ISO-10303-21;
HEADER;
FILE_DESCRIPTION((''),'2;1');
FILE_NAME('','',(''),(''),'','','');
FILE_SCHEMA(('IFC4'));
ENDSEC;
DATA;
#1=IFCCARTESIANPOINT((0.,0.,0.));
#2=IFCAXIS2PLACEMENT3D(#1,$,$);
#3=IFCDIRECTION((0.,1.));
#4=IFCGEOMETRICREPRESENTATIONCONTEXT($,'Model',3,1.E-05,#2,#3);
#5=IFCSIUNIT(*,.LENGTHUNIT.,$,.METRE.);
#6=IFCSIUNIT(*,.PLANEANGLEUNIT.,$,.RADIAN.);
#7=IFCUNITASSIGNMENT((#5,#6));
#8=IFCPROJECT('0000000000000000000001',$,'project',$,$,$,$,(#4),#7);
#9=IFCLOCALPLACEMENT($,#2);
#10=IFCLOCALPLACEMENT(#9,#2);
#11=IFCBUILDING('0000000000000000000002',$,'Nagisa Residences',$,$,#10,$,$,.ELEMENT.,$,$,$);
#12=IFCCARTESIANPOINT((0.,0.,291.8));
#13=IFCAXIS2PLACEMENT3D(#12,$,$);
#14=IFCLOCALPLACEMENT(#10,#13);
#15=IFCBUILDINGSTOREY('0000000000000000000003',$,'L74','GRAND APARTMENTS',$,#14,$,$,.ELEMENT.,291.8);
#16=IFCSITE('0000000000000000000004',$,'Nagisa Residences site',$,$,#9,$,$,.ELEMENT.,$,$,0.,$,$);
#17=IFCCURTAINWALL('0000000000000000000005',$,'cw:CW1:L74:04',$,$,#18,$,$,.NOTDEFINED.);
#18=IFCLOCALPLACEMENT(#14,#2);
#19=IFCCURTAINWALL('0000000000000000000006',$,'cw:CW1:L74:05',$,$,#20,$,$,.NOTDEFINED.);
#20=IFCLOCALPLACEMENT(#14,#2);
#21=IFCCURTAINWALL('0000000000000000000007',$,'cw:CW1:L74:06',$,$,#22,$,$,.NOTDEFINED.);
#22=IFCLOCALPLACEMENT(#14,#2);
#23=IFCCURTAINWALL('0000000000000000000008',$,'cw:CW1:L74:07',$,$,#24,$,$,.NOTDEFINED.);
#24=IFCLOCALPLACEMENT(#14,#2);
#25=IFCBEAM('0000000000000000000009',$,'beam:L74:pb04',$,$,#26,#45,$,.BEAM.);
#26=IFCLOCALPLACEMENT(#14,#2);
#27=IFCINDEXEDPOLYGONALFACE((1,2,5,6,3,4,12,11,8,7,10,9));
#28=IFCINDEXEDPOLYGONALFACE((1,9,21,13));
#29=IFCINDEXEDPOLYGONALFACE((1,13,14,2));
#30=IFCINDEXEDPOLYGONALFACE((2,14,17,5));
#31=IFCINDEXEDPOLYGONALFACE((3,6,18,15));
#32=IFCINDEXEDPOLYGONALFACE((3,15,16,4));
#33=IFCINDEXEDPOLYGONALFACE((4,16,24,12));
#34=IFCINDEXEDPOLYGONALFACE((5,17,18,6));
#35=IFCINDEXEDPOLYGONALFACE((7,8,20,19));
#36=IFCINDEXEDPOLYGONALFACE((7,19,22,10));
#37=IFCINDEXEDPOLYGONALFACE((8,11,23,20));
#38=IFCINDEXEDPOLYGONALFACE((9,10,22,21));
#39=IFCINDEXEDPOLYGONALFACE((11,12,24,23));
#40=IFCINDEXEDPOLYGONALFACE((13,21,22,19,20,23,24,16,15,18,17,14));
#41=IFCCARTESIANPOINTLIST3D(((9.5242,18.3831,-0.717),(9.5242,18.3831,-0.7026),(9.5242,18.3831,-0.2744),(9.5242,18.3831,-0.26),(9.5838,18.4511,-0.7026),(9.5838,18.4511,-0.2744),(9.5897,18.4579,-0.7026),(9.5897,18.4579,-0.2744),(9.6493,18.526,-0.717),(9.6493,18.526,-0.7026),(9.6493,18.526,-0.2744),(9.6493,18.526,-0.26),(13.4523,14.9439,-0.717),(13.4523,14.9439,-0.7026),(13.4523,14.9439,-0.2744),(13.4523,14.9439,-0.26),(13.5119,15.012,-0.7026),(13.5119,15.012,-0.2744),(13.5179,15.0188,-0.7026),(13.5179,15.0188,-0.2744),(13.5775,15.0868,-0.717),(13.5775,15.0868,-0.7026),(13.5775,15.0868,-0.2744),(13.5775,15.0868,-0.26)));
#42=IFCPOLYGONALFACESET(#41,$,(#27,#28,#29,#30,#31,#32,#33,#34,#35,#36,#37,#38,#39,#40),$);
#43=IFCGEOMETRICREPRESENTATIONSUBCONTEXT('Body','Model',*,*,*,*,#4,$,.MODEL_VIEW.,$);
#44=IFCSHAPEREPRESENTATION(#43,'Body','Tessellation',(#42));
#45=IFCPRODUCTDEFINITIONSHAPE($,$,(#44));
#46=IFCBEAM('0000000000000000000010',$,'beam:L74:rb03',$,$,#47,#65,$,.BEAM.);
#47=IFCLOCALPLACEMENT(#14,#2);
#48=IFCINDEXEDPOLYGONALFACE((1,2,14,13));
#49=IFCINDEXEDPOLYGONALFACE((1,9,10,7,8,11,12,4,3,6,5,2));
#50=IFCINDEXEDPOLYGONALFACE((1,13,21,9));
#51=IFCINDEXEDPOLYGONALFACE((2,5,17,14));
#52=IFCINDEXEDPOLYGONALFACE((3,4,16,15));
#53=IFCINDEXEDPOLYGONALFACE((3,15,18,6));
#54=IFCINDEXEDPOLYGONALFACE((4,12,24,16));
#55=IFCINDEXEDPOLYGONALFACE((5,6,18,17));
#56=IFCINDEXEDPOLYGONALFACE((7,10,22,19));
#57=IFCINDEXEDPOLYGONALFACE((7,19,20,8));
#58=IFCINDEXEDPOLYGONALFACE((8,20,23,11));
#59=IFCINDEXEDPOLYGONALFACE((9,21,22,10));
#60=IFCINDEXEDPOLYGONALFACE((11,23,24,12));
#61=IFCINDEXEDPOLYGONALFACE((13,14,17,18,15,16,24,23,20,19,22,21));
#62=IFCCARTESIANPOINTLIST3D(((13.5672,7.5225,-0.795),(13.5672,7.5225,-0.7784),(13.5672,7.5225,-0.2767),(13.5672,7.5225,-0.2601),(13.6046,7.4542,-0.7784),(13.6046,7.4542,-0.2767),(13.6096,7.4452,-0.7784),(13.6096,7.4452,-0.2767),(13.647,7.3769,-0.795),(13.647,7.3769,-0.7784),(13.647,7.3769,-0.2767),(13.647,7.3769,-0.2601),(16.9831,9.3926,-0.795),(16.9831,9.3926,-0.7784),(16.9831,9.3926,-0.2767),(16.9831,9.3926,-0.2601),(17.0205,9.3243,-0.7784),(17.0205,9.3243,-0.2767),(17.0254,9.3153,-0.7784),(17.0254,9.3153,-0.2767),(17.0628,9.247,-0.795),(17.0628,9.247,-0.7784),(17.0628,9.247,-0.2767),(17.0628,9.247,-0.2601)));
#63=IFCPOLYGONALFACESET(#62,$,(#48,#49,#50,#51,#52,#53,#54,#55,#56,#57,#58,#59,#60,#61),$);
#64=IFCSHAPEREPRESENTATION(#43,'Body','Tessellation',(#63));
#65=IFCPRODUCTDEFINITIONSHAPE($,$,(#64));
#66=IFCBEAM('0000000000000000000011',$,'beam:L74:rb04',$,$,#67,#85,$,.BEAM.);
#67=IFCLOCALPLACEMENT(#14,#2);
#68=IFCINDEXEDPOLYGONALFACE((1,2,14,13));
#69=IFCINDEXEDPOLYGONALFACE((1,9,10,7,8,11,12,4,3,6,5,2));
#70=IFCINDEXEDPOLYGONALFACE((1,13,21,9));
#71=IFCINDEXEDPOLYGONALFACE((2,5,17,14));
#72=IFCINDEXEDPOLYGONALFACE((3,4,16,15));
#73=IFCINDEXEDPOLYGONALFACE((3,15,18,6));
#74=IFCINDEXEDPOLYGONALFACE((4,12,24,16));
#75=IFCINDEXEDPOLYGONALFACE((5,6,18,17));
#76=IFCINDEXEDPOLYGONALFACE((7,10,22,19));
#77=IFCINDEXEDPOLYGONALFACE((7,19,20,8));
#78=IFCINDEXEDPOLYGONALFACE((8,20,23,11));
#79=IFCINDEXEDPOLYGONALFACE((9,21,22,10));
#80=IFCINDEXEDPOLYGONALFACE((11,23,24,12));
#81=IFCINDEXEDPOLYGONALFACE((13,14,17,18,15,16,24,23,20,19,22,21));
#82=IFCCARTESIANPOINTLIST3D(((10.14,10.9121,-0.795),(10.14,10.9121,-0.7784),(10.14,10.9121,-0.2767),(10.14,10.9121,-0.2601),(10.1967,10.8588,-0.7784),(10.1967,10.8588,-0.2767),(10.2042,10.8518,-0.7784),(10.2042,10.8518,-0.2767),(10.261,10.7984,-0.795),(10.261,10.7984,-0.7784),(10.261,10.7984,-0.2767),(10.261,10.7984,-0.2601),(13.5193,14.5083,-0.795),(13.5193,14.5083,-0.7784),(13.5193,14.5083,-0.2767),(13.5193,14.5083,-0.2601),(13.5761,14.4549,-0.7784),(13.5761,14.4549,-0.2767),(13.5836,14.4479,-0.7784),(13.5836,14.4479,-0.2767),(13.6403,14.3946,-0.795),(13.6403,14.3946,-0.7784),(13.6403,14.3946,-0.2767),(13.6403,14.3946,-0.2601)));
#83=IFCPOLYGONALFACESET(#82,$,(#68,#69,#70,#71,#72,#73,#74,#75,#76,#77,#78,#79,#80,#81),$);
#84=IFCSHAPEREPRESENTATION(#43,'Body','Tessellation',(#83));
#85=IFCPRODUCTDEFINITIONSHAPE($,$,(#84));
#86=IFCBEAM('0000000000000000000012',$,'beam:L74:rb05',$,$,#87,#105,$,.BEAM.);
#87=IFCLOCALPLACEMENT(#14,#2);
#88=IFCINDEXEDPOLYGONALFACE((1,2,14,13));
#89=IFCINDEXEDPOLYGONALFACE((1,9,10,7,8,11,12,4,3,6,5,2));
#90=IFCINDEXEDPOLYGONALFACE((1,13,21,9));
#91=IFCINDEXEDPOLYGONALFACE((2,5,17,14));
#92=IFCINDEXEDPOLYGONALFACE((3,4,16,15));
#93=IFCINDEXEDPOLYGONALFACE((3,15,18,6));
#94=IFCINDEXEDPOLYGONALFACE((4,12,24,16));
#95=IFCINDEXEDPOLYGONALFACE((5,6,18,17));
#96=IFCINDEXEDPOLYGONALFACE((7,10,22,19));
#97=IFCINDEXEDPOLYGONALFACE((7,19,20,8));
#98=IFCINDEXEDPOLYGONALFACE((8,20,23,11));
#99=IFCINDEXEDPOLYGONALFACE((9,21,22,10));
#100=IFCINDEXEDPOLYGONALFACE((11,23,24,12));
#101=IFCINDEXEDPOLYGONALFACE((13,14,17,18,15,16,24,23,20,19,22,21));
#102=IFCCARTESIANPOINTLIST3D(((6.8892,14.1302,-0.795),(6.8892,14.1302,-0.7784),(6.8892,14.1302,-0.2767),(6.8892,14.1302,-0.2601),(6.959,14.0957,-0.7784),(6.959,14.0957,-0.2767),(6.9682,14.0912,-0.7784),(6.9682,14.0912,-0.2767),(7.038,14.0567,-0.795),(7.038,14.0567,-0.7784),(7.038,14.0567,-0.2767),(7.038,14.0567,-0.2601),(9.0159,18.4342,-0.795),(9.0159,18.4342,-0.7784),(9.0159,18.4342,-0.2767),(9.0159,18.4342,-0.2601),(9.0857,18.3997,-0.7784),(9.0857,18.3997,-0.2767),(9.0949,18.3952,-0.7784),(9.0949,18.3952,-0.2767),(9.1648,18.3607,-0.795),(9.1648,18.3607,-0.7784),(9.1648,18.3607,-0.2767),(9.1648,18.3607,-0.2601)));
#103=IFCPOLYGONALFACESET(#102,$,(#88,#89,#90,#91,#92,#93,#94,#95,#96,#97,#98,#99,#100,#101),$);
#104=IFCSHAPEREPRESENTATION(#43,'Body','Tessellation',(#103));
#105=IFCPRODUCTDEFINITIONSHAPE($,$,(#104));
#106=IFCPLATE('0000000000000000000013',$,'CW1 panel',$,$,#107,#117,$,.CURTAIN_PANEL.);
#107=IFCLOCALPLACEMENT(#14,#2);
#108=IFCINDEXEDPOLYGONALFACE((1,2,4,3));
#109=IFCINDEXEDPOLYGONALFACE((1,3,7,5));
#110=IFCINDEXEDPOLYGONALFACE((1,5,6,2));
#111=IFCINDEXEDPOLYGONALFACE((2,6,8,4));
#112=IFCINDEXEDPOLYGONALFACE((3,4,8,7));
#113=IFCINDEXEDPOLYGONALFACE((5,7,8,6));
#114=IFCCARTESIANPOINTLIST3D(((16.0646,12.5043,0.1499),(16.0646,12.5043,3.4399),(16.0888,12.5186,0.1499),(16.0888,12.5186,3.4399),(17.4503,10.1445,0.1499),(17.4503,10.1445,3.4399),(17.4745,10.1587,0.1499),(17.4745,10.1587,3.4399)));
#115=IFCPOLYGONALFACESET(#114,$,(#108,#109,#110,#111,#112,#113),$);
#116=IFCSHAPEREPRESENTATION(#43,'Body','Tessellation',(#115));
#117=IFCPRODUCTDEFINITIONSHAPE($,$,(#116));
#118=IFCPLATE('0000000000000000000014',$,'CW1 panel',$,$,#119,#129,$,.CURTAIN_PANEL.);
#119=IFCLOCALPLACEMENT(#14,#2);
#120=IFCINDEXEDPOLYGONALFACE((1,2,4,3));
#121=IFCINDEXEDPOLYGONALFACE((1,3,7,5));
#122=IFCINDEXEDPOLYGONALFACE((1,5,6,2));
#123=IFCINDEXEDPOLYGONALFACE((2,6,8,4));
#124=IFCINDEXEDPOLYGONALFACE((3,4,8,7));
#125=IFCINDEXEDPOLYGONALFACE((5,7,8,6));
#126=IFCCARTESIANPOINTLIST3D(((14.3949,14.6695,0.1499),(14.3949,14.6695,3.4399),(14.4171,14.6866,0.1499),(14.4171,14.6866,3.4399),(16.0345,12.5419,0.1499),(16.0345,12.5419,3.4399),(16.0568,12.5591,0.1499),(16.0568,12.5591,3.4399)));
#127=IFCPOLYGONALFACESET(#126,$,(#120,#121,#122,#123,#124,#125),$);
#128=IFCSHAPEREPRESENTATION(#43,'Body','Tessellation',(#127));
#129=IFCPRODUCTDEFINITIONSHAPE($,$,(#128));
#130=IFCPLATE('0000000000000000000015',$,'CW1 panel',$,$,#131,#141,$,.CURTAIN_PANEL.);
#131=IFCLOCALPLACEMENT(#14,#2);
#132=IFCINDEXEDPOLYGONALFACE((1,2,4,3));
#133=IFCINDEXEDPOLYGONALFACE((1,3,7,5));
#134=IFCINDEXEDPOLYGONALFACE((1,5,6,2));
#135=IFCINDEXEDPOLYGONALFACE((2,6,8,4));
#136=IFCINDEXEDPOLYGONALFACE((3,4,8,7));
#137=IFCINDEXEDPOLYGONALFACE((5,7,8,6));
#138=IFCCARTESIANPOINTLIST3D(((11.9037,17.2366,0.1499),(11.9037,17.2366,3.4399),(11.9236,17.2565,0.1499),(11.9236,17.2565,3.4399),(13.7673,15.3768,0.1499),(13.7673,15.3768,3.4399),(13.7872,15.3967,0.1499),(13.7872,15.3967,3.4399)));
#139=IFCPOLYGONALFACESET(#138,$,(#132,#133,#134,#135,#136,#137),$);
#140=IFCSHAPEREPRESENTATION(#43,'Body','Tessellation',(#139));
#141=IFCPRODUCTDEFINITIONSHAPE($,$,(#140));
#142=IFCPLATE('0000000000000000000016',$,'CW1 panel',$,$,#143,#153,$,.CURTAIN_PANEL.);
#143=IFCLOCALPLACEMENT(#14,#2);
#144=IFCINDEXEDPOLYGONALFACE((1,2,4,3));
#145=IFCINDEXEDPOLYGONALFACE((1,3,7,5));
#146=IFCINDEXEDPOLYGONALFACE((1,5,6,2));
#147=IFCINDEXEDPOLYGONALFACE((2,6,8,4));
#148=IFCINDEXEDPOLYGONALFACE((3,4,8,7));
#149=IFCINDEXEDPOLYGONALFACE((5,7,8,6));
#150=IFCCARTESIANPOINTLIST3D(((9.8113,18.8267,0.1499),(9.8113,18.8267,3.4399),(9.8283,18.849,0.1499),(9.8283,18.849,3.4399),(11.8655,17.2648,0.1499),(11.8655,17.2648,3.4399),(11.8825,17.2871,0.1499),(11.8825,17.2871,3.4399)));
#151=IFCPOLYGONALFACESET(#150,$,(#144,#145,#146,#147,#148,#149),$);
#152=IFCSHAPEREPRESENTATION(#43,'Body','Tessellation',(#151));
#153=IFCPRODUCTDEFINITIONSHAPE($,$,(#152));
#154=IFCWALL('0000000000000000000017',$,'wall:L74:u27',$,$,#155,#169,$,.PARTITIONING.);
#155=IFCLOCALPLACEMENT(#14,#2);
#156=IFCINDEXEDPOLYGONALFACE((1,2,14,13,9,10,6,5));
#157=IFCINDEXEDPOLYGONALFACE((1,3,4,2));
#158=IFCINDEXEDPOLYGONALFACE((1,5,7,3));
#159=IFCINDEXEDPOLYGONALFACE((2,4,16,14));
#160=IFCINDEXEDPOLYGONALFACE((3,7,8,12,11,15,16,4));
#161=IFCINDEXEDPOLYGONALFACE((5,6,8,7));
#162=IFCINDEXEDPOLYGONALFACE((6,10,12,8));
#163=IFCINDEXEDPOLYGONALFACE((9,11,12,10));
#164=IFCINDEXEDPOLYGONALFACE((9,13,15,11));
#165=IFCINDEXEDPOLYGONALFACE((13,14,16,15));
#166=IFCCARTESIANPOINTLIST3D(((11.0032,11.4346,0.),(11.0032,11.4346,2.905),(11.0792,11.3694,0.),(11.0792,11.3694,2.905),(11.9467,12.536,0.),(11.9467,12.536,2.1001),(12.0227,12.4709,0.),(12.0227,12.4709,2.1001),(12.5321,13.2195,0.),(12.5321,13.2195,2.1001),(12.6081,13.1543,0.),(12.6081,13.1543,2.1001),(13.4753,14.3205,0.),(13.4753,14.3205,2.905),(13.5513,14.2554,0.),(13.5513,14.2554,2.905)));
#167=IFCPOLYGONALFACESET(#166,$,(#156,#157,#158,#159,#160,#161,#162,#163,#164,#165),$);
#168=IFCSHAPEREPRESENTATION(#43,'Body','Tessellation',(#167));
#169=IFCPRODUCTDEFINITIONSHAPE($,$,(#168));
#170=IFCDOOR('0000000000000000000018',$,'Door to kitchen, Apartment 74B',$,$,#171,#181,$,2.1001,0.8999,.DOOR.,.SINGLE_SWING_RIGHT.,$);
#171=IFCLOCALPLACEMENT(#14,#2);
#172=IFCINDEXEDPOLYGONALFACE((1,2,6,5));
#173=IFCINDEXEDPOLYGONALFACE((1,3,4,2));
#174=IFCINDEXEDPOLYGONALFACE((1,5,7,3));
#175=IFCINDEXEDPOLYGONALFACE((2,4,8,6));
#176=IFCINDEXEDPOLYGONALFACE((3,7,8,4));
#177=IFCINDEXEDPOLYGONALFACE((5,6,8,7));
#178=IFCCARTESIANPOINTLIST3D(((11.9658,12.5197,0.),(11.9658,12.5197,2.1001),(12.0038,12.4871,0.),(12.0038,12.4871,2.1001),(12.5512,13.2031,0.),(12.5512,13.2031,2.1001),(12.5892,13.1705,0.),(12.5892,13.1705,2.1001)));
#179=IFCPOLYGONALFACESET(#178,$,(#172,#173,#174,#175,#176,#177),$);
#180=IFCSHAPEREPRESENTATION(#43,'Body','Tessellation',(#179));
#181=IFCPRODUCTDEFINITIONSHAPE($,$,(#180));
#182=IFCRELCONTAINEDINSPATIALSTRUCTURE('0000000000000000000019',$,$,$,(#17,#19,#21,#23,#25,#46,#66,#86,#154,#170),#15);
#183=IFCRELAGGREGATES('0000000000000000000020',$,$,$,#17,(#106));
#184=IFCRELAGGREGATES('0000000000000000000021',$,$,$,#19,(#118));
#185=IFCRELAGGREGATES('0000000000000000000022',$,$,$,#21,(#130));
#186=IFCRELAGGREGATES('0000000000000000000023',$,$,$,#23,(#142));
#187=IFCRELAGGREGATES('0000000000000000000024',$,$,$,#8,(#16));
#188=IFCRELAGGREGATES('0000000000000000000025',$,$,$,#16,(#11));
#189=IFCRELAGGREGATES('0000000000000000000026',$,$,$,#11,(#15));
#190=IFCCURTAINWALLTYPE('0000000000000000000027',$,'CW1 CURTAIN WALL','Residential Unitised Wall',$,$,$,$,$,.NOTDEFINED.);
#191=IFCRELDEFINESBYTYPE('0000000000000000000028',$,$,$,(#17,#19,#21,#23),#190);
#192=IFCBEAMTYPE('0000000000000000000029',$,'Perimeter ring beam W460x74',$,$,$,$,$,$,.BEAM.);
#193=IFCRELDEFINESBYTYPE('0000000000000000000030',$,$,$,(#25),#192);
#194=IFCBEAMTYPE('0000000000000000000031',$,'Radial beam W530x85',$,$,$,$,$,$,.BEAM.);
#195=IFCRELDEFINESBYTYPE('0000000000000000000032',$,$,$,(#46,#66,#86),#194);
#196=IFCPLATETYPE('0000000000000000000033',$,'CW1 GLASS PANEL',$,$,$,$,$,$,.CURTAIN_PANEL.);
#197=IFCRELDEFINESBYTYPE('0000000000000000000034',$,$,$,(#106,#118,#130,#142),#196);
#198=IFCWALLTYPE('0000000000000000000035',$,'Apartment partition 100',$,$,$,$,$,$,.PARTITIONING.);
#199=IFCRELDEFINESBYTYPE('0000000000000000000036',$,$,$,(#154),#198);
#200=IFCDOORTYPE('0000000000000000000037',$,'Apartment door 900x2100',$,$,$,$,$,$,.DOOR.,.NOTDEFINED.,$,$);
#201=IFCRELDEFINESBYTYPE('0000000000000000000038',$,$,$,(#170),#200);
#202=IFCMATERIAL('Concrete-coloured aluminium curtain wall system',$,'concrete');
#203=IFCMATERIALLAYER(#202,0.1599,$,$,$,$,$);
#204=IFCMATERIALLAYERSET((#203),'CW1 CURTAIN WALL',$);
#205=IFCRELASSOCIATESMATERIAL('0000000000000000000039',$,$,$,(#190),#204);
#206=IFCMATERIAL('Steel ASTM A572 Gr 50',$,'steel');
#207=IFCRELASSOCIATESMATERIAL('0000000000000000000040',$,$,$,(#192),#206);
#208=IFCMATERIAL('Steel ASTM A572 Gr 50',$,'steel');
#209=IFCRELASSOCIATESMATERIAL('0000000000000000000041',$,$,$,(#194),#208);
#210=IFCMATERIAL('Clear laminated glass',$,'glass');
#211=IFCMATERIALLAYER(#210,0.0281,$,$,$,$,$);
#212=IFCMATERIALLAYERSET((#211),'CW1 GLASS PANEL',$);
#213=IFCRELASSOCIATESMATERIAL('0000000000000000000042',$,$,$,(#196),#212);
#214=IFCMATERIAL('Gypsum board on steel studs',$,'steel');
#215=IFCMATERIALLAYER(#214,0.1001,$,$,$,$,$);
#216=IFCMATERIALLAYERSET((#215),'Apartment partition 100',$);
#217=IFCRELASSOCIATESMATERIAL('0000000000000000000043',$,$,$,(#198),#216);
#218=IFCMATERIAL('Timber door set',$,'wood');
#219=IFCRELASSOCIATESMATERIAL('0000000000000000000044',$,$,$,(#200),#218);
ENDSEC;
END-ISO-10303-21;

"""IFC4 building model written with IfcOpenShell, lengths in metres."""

from ifc_helpers import new_model, si_unit, direction, frame, frame_2d, origin, origin_2d, place, context, subcontext, project, spatial, rectangle, i_section, extrude, material, layer, layer_set, material_profile, profile_set, type_object, element, fill, aggregate, save


model = new_model("IFC4")

# Units and contexts
model_context = context("Model", 3, precision=1e-05, world=origin(), true_north=direction((0.0, 1.0)))
body_context = subcontext(model_context, "Body", "Model", "MODEL_VIEW")
ifc_project = project(units=[si_unit("LENGTHUNIT", "METRE"), si_unit("PLANEANGLEUNIT", "RADIAN")], contexts=[model_context])

# Site, building, storey
site_placement = place(None, origin())
site = spatial("IfcSite", under=ifc_project, at=site_placement, Name="Nagisa Residences site", CompositionType="ELEMENT", RefElevation=0.0)
building_placement = place(site_placement, origin())
building = spatial("IfcBuilding", under=site, at=building_placement, Name="Nagisa Residences", CompositionType="ELEMENT")
storey_placement = place(building_placement, frame((0.0, 0.0, 291.8)))
storey = spatial("IfcBuildingStorey", under=building, at=storey_placement, Name="L74", Description="GRAND APARTMENTS", CompositionType="ELEMENT", Elevation=291.8)

# Curtain walls
ifc_material_1 = material(Name="Concrete-coloured aluminium curtain wall system", Category="concrete")
ifc_layer_1 = layer(ifc_material_1, 0.1599)
ifc_layer_set_1 = layer_set([ifc_layer_1], Name="CW1 CURTAIN WALL")
curtain_wall_type = type_object("IfcCurtainWallType", Name="CW1 CURTAIN WALL", Description="Residential Unitised Wall", PredefinedType="NOTDEFINED", material=ifc_layer_set_1)
curtain_wall_1_placement = place(storey_placement, origin())
curtain_wall_1 = element("IfcCurtainWall", 1, at=curtain_wall_1_placement, inside=storey, type_object=curtain_wall_type, Name="cw:CW1:L74:04", PredefinedType="NOTDEFINED")
curtain_wall_2_placement = place(storey_placement, origin())
curtain_wall_2 = element("IfcCurtainWall", 2, at=curtain_wall_2_placement, inside=storey, type_object=curtain_wall_type, Name="cw:CW1:L74:05", PredefinedType="NOTDEFINED")
curtain_wall_3_placement = place(storey_placement, origin())
curtain_wall_3 = element("IfcCurtainWall", 3, at=curtain_wall_3_placement, inside=storey, type_object=curtain_wall_type, Name="cw:CW1:L74:06", PredefinedType="NOTDEFINED")
curtain_wall_4_placement = place(storey_placement, origin())
curtain_wall_4 = element("IfcCurtainWall", 4, at=curtain_wall_4_placement, inside=storey, type_object=curtain_wall_type, Name="cw:CW1:L74:07", PredefinedType="NOTDEFINED")

# Beams
ifc_material_2 = material(Name="Steel ASTM A572 Gr 50", Category="steel")
ifc_material_profile_1 = material_profile(ifc_material_2, i_section(OverallWidth=0.1899, OverallDepth=0.457, WebThickness=0.009, FlangeThickness=0.0144, at=origin_2d()), Name="W460x74")
ifc_profile_set_1 = profile_set([ifc_material_profile_1], Name="Steel ASTM A572 Gr 50")
beam_type_1 = type_object("IfcBeamType", Name="Perimeter ring beam W460x74", PredefinedType="BEAM", material=ifc_profile_set_1)
beam_1_placement = place(storey_placement, frame((13.5149, 15.0154, -0.4885), z_axis=(-0.752385, 0.658723, 0.0), x_axis=(-0.658723, -0.752385, 0.0)))
element("IfcBeam", 5, at=beam_1_placement, inside=storey, type_object=beam_type_1, Name="beam:L74:pb04", PredefinedType="BEAM", context=body_context, shape_type="SweptSolid", body=[
    extrude(i_section(OverallWidth=0.1899, OverallDepth=0.457, WebThickness=0.009, FlangeThickness=0.0144, at=origin_2d()), origin(), (0.0, 0.0, 1.0), 5.2209),
])
ifc_material_3 = material(Name="Steel ASTM A572 Gr 50", Category="steel")
ifc_material_profile_2 = material_profile(ifc_material_3, i_section(OverallWidth=0.166, OverallDepth=0.5349, WebThickness=0.0103, FlangeThickness=0.0166, at=origin_2d()), Name="W530x85")
ifc_profile_set_2 = profile_set([ifc_material_profile_2], Name="Steel ASTM A572 Gr 50")
beam_type_2 = type_object("IfcBeamType", Name="Radial beam W530x85", PredefinedType="BEAM", material=ifc_profile_set_2)
beam_2_placement = place(storey_placement, frame((17.0229, 9.3198, -0.5276), z_axis=(-0.877142, -0.480231, 0.0), x_axis=(0.480231, -0.877142, 0.0)))
element("IfcBeam", 6, at=beam_2_placement, inside=storey, type_object=beam_type_2, Name="beam:L74:rb03", PredefinedType="BEAM", context=body_context, shape_type="SweptSolid", body=[
    extrude(i_section(OverallWidth=0.166, OverallDepth=0.5349, WebThickness=0.0103, FlangeThickness=0.0166, at=origin_2d()), origin(), (0.0, 0.0, 1.0), 3.8943),
])
beam_3_placement = place(storey_placement, frame((13.5798, 14.4514, -0.5276), z_axis=(-0.6848, -0.728731, 0.0), x_axis=(0.728731, -0.6848, 0.0)))
element("IfcBeam", 7, at=beam_3_placement, inside=storey, type_object=beam_type_2, Name="beam:L74:rb04", PredefinedType="BEAM", context=body_context, shape_type="SweptSolid", body=[
    extrude(i_section(OverallWidth=0.166, OverallDepth=0.5349, WebThickness=0.0103, FlangeThickness=0.0166, at=origin_2d()), origin(), (0.0, 0.0, 1.0), 4.9348),
])
beam_4_placement = place(storey_placement, frame((9.0903, 18.3975, -0.5276), z_axis=(-0.442998, -0.896523, 0.0), x_axis=(0.896523, -0.442998, 0.0)))
element("IfcBeam", 8, at=beam_4_placement, inside=storey, type_object=beam_type_2, Name="beam:L74:rb05", PredefinedType="BEAM", context=body_context, shape_type="SweptSolid", body=[
    extrude(i_section(OverallWidth=0.166, OverallDepth=0.5349, WebThickness=0.0103, FlangeThickness=0.0166, at=origin_2d()), origin(), (0.0, 0.0, 1.0), 4.8008),
])

# Plates
ifc_material_4 = material(Name="Clear laminated glass", Category="glass")
ifc_layer_2 = layer(ifc_material_4, 0.0281)
ifc_layer_set_2 = layer_set([ifc_layer_2], Name="CW1 GLASS PANEL")
plate_type = type_object("IfcPlateType", Name="CW1 GLASS PANEL", PredefinedType="CURTAIN_PANEL", material=ifc_layer_set_2)
plate_1_placement = place(storey_placement, frame((16.7695, 11.3315, 0.1499), z_axis=(0.0, 0.0, 1.0), x_axis=(-0.506349, 0.862329, 0.0)))
plate_1 = element("IfcPlate", 9, at=plate_1_placement, type_object=plate_type, Name="CW1 panel", PredefinedType="CURTAIN_PANEL", context=body_context, shape_type="SweptSolid", body=[
    extrude(rectangle(XDim=2.7366, YDim=0.0281, at=origin_2d()), origin(), (0.0, 0.0, 1.0), 3.29),
])
aggregate(curtain_wall_1, [plate_1])
plate_2_placement = place(storey_placement, frame((15.2258, 13.6143, 0.1499), z_axis=(0.0, 0.0, 1.0), x_axis=(-0.61043, 0.79207, 0.0)))
plate_2 = element("IfcPlate", 10, at=plate_2_placement, type_object=plate_type, Name="CW1 panel", PredefinedType="CURTAIN_PANEL", context=body_context, shape_type="SweptSolid", body=[
    extrude(rectangle(XDim=2.686, YDim=0.0281, at=origin_2d()), origin(), (0.0, 0.0, 1.0), 3.29),
])
aggregate(curtain_wall_2, [plate_2])
plate_3_placement = place(storey_placement, frame((12.8455, 16.3167, 0.1499), z_axis=(0.0, 0.0, 1.0), x_axis=(-0.707836, 0.706377, 0.0)))
plate_3 = element("IfcPlate", 11, at=plate_3_placement, type_object=plate_type, Name="CW1 panel", PredefinedType="CURTAIN_PANEL", context=body_context, shape_type="SweptSolid", body=[
    extrude(rectangle(XDim=2.6328, YDim=0.0281, at=origin_2d()), origin(), (0.0, 0.0, 1.0), 3.29),
])
aggregate(curtain_wall_3, [plate_3])
plate_4_placement = place(storey_placement, frame((10.8469, 18.0569, 0.1499), z_axis=(0.0, 0.0, 1.0), x_axis=(-0.796031, 0.605255, 0.0)))
plate_4 = element("IfcPlate", 12, at=plate_4_placement, type_object=plate_type, Name="CW1 panel", PredefinedType="CURTAIN_PANEL", context=body_context, shape_type="SweptSolid", body=[
    extrude(rectangle(XDim=2.5806, YDim=0.0281, at=origin_2d()), origin(), (0.0, 0.0, 1.0), 3.29),
])
aggregate(curtain_wall_4, [plate_4])

# Wall, opening, door
ifc_material_5 = material(Name="Gypsum board on steel studs", Category="steel")
ifc_layer_3 = layer(ifc_material_5, 0.1001)
ifc_layer_set_3 = layer_set([ifc_layer_3], Name="Apartment partition 100")
wall_type = type_object("IfcWallType", Name="Apartment partition 100", PredefinedType="PARTITIONING", material=ifc_layer_set_3)
wall_1_placement = place(storey_placement, frame((11.0413, 11.4021, 0.0), z_axis=(0.0, 0.0, 1.0), x_axis=(0.650559, 0.759456, 0.0)))
wall_1 = element("IfcWall", 13, at=wall_1_placement, inside=storey, type_object=wall_type, Name="wall:L74:u27", PredefinedType="PARTITIONING", context=body_context, shape_type="SweptSolid", body=[
    extrude(rectangle(XDim=3.8, YDim=0.1001, at=frame_2d((1.8999, 0.0))), origin(), (0.0, 0.0, 1.0), 2.905),
])
opening_1_placement = place(wall_1_placement, frame((1.4502, 0.0, 0.0)))
opening_1 = element("IfcOpeningElement", 14, at=opening_1_placement, cuts=wall_1, PredefinedType="OPENING", context=body_context, shape_type="SweptSolid", body=[
    extrude(rectangle(XDim=0.8999, YDim=2.1001, at=frame_2d((0.45, 1.05))), frame((0.0, 0.0601, 0.0), z_axis=(0.0, -1.0, 0.0), x_axis=(1.0, 0.0, 0.0)), (0.0, 0.0, 1.0), 0.1201),
])
ifc_material_6 = material(Name="Timber door set", Category="wood")
door_type = type_object("IfcDoorType", Name="Apartment door 900x2100", OperationType="NOTDEFINED", PredefinedType="DOOR", material=ifc_material_6)
door_1_placement = place(opening_1_placement, origin())
door_1 = element("IfcDoor", 15, at=door_1_placement, inside=storey, type_object=door_type, Name="Door to kitchen, Apartment 74B", OperationType="SINGLE_SWING_RIGHT", OverallHeight=2.1001, OverallWidth=0.8999, PredefinedType="DOOR", context=body_context, shape_type="SweptSolid", body=[
    extrude(rectangle(XDim=0.8999, YDim=2.1001, at=frame_2d((0.45, 1.05))), frame((0.0, 0.0249, 0.0), z_axis=(0.0, -1.0, 0.0), x_axis=(1.0, 0.0, 0.0)), (0.0, 0.0, 1.0), 0.05),
])
fill(opening_1, door_1)

save(model, "model.ifc")
